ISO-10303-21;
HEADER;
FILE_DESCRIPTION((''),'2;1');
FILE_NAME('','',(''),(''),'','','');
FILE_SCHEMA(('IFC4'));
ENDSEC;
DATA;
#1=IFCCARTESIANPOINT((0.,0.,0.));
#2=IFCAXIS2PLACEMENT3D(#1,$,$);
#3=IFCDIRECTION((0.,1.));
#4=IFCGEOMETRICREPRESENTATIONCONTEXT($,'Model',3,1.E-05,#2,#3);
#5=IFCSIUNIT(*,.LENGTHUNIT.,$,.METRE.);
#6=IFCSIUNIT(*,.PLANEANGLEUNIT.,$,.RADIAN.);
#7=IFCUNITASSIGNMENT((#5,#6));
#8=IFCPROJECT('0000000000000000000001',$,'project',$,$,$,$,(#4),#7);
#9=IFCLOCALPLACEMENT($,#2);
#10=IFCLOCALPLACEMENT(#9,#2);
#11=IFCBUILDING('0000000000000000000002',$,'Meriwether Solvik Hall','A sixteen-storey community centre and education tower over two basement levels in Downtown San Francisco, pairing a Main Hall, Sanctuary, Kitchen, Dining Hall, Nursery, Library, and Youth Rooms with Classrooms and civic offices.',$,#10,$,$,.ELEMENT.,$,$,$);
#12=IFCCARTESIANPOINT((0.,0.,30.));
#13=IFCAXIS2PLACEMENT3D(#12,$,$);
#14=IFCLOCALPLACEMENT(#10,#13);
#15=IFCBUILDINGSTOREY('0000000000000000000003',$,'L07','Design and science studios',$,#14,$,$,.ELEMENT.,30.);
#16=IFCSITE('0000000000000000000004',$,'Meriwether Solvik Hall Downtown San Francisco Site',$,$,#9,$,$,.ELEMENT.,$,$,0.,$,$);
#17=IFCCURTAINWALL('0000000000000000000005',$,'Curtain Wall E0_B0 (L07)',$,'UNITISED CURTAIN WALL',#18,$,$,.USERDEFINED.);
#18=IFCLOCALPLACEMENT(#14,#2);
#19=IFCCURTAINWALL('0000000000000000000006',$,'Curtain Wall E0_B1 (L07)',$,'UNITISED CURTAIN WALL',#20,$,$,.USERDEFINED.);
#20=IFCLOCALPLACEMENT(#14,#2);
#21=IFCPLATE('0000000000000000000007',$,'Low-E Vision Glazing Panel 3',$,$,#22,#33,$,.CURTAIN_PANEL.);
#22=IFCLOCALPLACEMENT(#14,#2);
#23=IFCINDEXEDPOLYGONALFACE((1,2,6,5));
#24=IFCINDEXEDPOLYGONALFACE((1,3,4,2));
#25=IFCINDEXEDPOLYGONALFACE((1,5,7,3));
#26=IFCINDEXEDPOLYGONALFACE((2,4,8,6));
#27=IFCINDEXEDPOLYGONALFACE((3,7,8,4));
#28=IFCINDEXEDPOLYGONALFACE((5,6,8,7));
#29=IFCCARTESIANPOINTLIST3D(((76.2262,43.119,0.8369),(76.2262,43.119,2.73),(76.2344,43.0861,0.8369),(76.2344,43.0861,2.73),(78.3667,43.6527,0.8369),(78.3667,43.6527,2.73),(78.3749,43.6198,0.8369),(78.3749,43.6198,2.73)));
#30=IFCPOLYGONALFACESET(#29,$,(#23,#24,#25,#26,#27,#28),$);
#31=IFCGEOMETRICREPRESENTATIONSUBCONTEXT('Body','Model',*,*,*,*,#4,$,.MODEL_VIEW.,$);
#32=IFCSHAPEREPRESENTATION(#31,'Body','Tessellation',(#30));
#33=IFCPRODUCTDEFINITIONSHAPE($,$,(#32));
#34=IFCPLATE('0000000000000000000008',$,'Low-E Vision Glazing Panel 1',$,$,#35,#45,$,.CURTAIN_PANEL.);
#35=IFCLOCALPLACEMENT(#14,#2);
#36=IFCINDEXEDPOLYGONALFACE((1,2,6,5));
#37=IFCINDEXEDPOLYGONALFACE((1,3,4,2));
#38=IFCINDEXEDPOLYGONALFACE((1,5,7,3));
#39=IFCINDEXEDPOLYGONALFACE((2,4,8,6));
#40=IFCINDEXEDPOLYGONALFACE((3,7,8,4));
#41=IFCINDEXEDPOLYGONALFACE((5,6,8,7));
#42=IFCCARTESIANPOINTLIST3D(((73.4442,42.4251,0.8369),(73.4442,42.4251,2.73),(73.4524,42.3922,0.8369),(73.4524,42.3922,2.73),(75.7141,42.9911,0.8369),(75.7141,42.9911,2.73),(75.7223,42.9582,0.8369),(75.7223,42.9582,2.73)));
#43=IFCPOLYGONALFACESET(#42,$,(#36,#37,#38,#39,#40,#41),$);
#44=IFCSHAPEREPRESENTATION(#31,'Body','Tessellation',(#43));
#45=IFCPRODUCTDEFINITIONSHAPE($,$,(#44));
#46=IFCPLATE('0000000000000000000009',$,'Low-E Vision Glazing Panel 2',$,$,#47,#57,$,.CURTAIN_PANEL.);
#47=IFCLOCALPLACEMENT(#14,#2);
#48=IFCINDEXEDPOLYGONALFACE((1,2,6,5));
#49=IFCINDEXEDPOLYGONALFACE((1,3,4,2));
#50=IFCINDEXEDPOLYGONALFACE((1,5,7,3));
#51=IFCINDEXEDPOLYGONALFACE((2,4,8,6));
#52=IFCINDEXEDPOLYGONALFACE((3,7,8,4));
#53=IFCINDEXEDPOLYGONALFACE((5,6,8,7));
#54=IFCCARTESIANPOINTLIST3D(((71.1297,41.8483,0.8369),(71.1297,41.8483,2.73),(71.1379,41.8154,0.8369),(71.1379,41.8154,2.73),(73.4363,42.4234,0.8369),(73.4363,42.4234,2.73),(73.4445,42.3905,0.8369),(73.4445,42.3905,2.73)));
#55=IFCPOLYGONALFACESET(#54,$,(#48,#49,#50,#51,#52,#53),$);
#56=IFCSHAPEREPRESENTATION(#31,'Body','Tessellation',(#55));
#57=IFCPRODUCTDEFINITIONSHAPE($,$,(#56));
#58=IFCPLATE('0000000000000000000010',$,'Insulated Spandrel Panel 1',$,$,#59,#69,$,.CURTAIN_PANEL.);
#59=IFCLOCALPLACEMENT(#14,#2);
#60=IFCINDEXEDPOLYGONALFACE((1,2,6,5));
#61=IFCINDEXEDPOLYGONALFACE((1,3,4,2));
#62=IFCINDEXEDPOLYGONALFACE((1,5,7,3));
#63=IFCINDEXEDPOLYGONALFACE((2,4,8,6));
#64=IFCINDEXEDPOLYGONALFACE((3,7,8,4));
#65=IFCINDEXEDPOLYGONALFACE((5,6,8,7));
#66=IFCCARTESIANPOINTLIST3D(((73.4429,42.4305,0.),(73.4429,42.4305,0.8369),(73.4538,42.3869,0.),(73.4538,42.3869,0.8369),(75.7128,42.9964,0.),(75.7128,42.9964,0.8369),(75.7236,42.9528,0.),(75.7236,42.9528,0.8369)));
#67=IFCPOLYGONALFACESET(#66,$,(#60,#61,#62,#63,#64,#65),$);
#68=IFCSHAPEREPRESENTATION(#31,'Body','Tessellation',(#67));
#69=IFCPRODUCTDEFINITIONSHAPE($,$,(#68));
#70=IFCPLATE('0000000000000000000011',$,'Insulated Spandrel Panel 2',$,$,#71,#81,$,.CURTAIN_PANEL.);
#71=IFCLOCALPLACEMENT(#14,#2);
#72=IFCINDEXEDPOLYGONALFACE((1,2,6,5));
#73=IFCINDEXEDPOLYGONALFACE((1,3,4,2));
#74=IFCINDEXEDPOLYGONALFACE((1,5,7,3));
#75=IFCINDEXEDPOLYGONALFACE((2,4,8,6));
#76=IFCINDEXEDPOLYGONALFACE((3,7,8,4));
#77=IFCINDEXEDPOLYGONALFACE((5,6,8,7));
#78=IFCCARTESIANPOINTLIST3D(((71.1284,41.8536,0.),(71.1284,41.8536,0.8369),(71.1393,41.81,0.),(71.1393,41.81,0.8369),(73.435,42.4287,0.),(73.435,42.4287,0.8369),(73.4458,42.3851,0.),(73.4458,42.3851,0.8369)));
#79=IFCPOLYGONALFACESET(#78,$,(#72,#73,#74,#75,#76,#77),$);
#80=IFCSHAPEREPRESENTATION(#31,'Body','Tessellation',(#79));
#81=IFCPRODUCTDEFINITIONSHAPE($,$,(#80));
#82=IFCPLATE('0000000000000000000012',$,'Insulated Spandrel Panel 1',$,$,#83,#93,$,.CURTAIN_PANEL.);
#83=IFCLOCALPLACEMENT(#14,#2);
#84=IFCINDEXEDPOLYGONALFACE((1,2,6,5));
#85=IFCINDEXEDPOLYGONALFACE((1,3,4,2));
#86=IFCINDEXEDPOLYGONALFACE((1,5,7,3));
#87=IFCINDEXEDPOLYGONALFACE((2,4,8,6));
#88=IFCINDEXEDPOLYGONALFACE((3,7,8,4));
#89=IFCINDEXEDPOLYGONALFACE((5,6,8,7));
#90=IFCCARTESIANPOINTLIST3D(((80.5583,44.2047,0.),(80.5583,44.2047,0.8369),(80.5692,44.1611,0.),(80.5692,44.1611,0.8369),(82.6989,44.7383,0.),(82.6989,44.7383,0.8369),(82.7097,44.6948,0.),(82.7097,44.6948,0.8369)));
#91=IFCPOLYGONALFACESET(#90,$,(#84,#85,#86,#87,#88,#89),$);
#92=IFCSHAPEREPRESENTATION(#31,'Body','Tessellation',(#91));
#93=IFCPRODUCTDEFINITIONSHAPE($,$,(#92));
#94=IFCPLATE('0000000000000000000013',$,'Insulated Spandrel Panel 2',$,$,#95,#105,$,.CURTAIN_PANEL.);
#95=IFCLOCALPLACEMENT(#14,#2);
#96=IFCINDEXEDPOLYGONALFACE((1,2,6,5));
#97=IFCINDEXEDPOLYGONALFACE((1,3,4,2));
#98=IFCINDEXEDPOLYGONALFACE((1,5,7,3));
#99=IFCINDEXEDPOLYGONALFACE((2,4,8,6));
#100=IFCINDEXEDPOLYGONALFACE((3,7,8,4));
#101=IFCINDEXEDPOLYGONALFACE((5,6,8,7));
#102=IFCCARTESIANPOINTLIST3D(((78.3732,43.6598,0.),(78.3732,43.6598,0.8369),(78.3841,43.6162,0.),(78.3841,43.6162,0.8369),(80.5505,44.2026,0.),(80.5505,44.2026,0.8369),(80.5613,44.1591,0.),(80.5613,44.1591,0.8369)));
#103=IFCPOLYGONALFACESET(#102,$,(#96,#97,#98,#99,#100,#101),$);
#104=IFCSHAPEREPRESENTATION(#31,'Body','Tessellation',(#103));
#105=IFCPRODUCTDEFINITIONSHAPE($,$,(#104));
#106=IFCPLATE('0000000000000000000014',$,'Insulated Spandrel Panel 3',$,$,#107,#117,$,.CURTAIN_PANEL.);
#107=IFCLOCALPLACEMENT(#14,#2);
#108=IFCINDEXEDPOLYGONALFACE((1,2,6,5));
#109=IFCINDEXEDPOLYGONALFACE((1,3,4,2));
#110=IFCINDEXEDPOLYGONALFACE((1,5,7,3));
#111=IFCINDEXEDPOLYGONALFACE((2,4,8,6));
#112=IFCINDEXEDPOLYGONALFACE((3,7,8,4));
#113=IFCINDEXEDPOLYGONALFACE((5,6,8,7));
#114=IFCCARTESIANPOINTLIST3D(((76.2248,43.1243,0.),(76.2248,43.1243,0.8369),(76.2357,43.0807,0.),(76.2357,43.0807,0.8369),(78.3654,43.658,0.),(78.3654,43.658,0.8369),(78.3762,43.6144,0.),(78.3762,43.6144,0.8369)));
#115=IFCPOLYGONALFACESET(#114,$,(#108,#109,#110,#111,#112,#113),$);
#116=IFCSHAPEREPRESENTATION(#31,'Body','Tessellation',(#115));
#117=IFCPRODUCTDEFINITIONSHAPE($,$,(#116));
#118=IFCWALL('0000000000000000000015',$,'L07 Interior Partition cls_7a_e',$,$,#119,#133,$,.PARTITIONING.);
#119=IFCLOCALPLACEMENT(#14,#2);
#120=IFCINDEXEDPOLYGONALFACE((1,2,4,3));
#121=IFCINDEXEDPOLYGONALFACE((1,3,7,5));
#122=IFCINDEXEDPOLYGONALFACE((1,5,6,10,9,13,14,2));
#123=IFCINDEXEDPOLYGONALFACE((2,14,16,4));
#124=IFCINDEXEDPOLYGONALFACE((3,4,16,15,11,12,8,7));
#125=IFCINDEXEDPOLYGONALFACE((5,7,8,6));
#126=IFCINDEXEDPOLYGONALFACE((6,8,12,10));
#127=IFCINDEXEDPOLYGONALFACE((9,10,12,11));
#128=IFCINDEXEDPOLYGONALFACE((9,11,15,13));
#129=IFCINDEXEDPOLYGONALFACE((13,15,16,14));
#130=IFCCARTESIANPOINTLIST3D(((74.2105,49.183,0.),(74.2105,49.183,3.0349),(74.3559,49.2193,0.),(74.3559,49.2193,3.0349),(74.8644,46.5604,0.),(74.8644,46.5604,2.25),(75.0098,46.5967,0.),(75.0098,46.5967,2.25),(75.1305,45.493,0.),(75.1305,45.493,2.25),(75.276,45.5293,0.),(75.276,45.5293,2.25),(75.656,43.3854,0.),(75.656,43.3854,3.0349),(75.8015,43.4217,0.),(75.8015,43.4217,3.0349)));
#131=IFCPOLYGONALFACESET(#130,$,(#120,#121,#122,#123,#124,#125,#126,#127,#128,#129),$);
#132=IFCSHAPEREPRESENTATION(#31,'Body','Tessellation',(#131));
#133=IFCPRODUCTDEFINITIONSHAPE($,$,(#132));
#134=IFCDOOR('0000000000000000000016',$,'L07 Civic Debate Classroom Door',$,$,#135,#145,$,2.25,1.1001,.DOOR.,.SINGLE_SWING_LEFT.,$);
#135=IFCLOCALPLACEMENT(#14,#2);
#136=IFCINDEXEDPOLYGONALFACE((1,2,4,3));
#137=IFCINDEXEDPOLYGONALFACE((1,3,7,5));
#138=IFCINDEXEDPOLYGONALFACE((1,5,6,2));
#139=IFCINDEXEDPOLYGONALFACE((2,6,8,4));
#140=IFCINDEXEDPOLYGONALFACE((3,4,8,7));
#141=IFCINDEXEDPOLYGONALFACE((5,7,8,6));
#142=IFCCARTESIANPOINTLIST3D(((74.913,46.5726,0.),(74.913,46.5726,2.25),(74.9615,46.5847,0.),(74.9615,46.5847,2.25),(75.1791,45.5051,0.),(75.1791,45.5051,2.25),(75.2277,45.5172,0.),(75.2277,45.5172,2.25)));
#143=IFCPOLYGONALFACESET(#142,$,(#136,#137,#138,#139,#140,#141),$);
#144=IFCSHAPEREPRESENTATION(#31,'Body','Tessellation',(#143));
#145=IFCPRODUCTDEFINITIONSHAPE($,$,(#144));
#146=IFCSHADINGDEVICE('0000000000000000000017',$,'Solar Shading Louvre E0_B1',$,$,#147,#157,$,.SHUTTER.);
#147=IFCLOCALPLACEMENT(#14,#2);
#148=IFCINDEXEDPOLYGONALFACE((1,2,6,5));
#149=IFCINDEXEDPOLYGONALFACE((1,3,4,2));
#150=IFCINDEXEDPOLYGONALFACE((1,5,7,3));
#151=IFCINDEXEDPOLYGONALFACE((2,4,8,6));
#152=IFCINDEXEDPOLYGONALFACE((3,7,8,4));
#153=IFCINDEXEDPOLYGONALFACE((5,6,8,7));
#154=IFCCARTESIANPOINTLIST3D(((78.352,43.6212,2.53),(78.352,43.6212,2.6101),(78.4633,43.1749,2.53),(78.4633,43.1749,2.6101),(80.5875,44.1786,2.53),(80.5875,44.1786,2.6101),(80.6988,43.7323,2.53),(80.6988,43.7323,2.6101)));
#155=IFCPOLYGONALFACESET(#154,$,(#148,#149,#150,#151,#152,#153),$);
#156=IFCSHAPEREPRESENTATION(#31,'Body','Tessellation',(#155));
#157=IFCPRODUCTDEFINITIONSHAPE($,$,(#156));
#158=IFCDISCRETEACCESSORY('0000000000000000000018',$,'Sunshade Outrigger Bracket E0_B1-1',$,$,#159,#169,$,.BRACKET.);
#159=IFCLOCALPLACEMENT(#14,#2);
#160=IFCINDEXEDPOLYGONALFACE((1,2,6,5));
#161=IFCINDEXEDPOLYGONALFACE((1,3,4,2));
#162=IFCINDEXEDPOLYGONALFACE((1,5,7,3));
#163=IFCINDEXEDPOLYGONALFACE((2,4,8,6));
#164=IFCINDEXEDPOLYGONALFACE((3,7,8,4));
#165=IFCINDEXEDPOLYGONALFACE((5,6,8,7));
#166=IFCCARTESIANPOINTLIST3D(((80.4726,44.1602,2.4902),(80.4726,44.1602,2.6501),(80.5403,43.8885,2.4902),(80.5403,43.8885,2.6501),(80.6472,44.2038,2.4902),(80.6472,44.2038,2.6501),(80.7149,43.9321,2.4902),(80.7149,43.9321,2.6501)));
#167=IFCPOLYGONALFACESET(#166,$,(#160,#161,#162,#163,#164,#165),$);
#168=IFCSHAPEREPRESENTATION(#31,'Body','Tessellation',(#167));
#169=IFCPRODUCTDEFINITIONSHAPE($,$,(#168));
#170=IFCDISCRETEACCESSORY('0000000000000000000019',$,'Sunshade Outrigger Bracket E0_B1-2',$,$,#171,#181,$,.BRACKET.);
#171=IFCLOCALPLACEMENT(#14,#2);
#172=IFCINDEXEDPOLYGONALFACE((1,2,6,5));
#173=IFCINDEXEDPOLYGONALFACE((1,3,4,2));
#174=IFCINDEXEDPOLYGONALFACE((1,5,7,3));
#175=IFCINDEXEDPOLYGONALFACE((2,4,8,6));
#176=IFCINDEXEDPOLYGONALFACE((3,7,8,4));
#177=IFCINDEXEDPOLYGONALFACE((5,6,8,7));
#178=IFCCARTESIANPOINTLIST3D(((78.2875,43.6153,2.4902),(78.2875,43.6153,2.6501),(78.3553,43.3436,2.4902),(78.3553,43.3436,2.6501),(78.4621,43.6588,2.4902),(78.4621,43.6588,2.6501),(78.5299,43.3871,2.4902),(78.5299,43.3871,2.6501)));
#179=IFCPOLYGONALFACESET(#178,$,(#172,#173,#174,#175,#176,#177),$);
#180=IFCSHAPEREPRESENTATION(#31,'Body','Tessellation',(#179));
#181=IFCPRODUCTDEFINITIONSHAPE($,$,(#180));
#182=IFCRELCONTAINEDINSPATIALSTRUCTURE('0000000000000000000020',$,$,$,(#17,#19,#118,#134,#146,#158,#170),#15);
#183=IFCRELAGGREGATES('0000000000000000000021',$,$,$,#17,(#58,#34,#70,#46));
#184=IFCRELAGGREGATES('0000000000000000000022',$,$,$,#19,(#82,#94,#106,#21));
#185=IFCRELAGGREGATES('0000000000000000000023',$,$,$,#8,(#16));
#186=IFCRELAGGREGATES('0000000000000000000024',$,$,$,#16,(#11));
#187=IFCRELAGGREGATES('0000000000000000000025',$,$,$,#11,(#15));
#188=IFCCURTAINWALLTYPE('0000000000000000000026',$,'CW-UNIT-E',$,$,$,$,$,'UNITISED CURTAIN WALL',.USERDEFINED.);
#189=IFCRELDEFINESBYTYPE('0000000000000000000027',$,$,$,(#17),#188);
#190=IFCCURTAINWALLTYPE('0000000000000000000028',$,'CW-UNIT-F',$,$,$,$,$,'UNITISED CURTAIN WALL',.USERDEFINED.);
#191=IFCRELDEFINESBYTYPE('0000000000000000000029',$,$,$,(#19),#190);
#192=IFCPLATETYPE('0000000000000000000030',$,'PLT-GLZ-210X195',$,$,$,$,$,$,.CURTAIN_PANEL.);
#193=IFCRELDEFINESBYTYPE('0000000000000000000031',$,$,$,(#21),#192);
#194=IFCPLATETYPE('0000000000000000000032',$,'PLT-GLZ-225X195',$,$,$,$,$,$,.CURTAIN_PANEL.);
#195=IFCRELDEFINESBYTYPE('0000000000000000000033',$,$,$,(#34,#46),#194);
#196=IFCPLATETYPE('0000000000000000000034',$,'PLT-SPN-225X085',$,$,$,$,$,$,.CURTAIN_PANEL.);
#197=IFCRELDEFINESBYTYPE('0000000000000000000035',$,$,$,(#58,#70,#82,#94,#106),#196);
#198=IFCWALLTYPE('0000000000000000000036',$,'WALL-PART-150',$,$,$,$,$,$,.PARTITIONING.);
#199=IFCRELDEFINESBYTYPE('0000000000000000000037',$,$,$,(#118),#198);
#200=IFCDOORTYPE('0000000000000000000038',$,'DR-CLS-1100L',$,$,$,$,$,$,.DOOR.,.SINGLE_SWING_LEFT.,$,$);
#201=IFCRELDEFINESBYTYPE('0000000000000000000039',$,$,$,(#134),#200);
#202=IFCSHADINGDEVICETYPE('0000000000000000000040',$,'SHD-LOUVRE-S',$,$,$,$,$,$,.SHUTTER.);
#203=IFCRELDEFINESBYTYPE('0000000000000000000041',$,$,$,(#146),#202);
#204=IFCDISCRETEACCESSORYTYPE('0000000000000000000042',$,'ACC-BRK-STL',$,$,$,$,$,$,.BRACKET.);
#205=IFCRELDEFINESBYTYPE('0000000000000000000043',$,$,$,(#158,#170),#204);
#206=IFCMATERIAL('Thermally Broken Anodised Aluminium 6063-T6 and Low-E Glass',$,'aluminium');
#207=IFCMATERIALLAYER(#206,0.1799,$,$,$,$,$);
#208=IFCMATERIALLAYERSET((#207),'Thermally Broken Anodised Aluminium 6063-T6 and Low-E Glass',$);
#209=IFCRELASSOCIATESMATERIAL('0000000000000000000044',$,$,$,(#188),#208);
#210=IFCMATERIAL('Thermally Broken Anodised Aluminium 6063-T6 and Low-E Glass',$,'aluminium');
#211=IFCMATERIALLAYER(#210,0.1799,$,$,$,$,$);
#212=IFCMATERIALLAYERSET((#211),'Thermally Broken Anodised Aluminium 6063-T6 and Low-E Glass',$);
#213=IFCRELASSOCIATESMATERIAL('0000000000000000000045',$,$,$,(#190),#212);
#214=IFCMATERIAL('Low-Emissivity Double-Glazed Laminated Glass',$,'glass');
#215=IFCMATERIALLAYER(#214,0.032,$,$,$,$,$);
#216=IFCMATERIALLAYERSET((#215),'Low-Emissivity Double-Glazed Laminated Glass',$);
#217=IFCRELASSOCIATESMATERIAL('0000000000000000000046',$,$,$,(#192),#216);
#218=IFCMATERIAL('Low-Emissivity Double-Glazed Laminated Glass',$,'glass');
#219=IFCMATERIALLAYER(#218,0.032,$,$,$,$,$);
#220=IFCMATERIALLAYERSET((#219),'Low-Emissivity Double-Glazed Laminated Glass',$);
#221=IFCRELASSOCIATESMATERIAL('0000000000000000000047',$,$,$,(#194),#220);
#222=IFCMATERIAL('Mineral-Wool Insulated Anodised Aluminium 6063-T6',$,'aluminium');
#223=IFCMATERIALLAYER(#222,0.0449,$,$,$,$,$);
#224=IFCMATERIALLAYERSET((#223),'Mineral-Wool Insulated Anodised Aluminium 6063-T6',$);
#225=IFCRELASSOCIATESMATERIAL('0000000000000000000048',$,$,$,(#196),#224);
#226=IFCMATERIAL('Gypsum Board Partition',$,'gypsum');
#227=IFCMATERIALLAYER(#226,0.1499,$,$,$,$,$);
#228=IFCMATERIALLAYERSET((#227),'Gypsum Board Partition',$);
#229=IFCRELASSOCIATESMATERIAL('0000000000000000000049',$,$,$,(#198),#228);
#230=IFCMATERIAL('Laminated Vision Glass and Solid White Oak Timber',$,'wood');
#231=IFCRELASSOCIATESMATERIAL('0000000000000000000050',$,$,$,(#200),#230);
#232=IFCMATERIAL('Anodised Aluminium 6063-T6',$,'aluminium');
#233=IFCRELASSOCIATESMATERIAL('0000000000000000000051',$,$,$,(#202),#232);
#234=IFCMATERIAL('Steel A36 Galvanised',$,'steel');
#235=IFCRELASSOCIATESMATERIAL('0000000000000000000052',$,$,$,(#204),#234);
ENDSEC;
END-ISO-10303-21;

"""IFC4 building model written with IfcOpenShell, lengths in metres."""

from ifc_helpers import new_model, si_unit, direction, frame, frame_2d, origin, origin_2d, place, context, subcontext, project, spatial, rectangle, extrude, material, layer, layer_set, type_object, element, fill, aggregate, save


model = new_model("IFC4")

# Units and contexts
model_context = context("Model", 3, precision=1e-05, world=origin(), true_north=direction((0.0, 1.0)))
body_context = subcontext(model_context, "Body", "Model", "MODEL_VIEW")
ifc_project = project(units=[si_unit("LENGTHUNIT", "METRE"), si_unit("PLANEANGLEUNIT", "RADIAN")], contexts=[model_context])

# Site, building, storey
site_placement = place(None, origin())
site = spatial("IfcSite", under=ifc_project, at=site_placement, Name="Meriwether Solvik Hall Downtown San Francisco Site", CompositionType="ELEMENT", RefElevation=0.0)
building_placement = place(site_placement, origin())
building = spatial("IfcBuilding", under=site, at=building_placement, Name="Meriwether Solvik Hall", Description="A sixteen-storey community centre and education tower over two basement levels in Downtown San Francisco, pairing a Main Hall, Sanctuary, Kitchen, Dining Hall, Nursery, Library, and Youth Rooms with Classrooms and civic offices.", CompositionType="ELEMENT")
storey_placement = place(building_placement, frame((0.0, 0.0, 30.0)))
storey = spatial("IfcBuildingStorey", under=building, at=storey_placement, Name="L07", Description="Design and science studios", CompositionType="ELEMENT", Elevation=30.0)

# Curtain walls
ifc_material_1 = material(Name="Thermally Broken Anodised Aluminium 6063-T6 and Low-E Glass", Category="aluminium")
ifc_layer_1 = layer(ifc_material_1, 0.1799)
ifc_layer_set_1 = layer_set([ifc_layer_1], Name="Thermally Broken Anodised Aluminium 6063-T6 and Low-E Glass")
curtain_wall_type_1 = type_object("IfcCurtainWallType", Name="CW-UNIT-E", ElementType="UNITISED CURTAIN WALL", PredefinedType="USERDEFINED", material=ifc_layer_set_1)
curtain_wall_1_placement = place(storey_placement, origin())
curtain_wall_1 = element("IfcCurtainWall", 1, at=curtain_wall_1_placement, inside=storey, type_object=curtain_wall_type_1, Name="Curtain Wall E0_B0 (L07)", ObjectType="UNITISED CURTAIN WALL", PredefinedType="USERDEFINED")
ifc_material_2 = material(Name="Thermally Broken Anodised Aluminium 6063-T6 and Low-E Glass", Category="aluminium")
ifc_layer_2 = layer(ifc_material_2, 0.1799)
ifc_layer_set_2 = layer_set([ifc_layer_2], Name="Thermally Broken Anodised Aluminium 6063-T6 and Low-E Glass")
curtain_wall_type_2 = type_object("IfcCurtainWallType", Name="CW-UNIT-F", ElementType="UNITISED CURTAIN WALL", PredefinedType="USERDEFINED", material=ifc_layer_set_2)
curtain_wall_2_placement = place(storey_placement, origin())
curtain_wall_2 = element("IfcCurtainWall", 2, at=curtain_wall_2_placement, inside=storey, type_object=curtain_wall_type_2, Name="Curtain Wall E0_B1 (L07)", ObjectType="UNITISED CURTAIN WALL", PredefinedType="USERDEFINED")

# Plates
ifc_material_3 = material(Name="Low-Emissivity Double-Glazed Laminated Glass", Category="glass")
ifc_layer_3 = layer(ifc_material_3, 0.032)
ifc_layer_set_3 = layer_set([ifc_layer_3], Name="Low-Emissivity Double-Glazed Laminated Glass")
plate_type_1 = type_object("IfcPlateType", Name="PLT-GLZ-210X195", PredefinedType="CURTAIN_PANEL", material=ifc_layer_set_3)
plate_1_placement = place(storey_placement, frame((77.3005, 43.3694, 0.8369), z_axis=(0.0, 0.0, 1.0), x_axis=(-0.970296, -0.241922, 0.0)))
plate_1 = element("IfcPlate", 3, at=plate_1_placement, type_object=plate_type_1, Name="Low-E Vision Glazing Panel 3", PredefinedType="CURTAIN_PANEL", context=body_context, shape_type="SweptSolid", body=[
    extrude(rectangle(XDim=2.2061, YDim=0.0339, at=origin_2d()), origin(), (0.0, 0.0, 1.0), 1.8931),
])
ifc_material_4 = material(Name="Low-Emissivity Double-Glazed Laminated Glass", Category="glass")
ifc_layer_4 = layer(ifc_material_4, 0.032)
ifc_layer_set_4 = layer_set([ifc_layer_4], Name="Low-Emissivity Double-Glazed Laminated Glass")
plate_type_2 = type_object("IfcPlateType", Name="PLT-GLZ-225X195", PredefinedType="CURTAIN_PANEL", material=ifc_layer_set_4)
plate_2_placement = place(storey_placement, frame((74.5833, 42.6917, 0.8369), z_axis=(0.0, 0.0, 1.0), x_axis=(-0.970296, -0.241922, 0.0)))
plate_2 = element("IfcPlate", 4, at=plate_2_placement, type_object=plate_type_2, Name="Low-E Vision Glazing Panel 1", PredefinedType="CURTAIN_PANEL", context=body_context, shape_type="SweptSolid", body=[
    extrude(rectangle(XDim=2.3394, YDim=0.0339, at=origin_2d()), origin(), (0.0, 0.0, 1.0), 1.8931),
])
plate_3_placement = place(storey_placement, frame((72.2871, 42.1194, 0.8369), z_axis=(0.0, 0.0, 1.0), x_axis=(-0.970296, -0.241922, 0.0)))
plate_3 = element("IfcPlate", 5, at=plate_3_placement, type_object=plate_type_2, Name="Low-E Vision Glazing Panel 2", PredefinedType="CURTAIN_PANEL", context=body_context, shape_type="SweptSolid", body=[
    extrude(rectangle(XDim=2.3772, YDim=0.0339, at=origin_2d()), origin(), (0.0, 0.0, 1.0), 1.8931),
])
ifc_material_5 = material(Name="Mineral-Wool Insulated Anodised Aluminium 6063-T6", Category="aluminium")
ifc_layer_5 = layer(ifc_material_5, 0.0449)
ifc_layer_set_5 = layer_set([ifc_layer_5], Name="Mineral-Wool Insulated Anodised Aluminium 6063-T6")
plate_type_3 = type_object("IfcPlateType", Name="PLT-SPN-225X085", PredefinedType="CURTAIN_PANEL", material=ifc_layer_set_5)
plate_4_placement = place(storey_placement, frame((74.5833, 42.6917, 0.0), z_axis=(0.0, 0.0, 1.0), x_axis=(-0.970296, -0.241922, 0.0)))
plate_4 = element("IfcPlate", 6, at=plate_4_placement, type_object=plate_type_3, Name="Insulated Spandrel Panel 1", PredefinedType="CURTAIN_PANEL", context=body_context, shape_type="SweptSolid", body=[
    extrude(rectangle(XDim=2.3394, YDim=0.0449, at=origin_2d()), origin(), (0.0, 0.0, 1.0), 0.8369),
])
plate_5_placement = place(storey_placement, frame((72.2871, 42.1194, 0.0), z_axis=(0.0, 0.0, 1.0), x_axis=(-0.970296, -0.241922, 0.0)))
plate_5 = element("IfcPlate", 7, at=plate_5_placement, type_object=plate_type_3, Name="Insulated Spandrel Panel 2", PredefinedType="CURTAIN_PANEL", context=body_context, shape_type="SweptSolid", body=[
    extrude(rectangle(XDim=2.3772, YDim=0.0449, at=origin_2d()), origin(), (0.0, 0.0, 1.0), 0.8369),
])
aggregate(curtain_wall_1, [plate_4, plate_2, plate_5, plate_3])
plate_6_placement = place(storey_placement, frame((81.634, 44.4497, 0.0), z_axis=(0.0, 0.0, 1.0), x_axis=(-0.970296, -0.241922, 0.0)))
plate_6 = element("IfcPlate", 8, at=plate_6_placement, type_object=plate_type_3, Name="Insulated Spandrel Panel 1", PredefinedType="CURTAIN_PANEL", context=body_context, shape_type="SweptSolid", body=[
    extrude(rectangle(XDim=2.2061, YDim=0.0449, at=origin_2d()), origin(), (0.0, 0.0, 1.0), 0.8369),
])
plate_7_placement = place(storey_placement, frame((79.4673, 43.9094, 0.0), z_axis=(0.0, 0.0, 1.0), x_axis=(-0.970296, -0.241922, 0.0)))
plate_7 = element("IfcPlate", 9, at=plate_7_placement, type_object=plate_type_3, Name="Insulated Spandrel Panel 2", PredefinedType="CURTAIN_PANEL", context=body_context, shape_type="SweptSolid", body=[
    extrude(rectangle(XDim=2.2439, YDim=0.0449, at=origin_2d()), origin(), (0.0, 0.0, 1.0), 0.8369),
])
plate_8_placement = place(storey_placement, frame((77.3005, 43.3694, 0.0), z_axis=(0.0, 0.0, 1.0), x_axis=(-0.970296, -0.241922, 0.0)))
plate_8 = element("IfcPlate", 10, at=plate_8_placement, type_object=plate_type_3, Name="Insulated Spandrel Panel 3", PredefinedType="CURTAIN_PANEL", context=body_context, shape_type="SweptSolid", body=[
    extrude(rectangle(XDim=2.2061, YDim=0.0449, at=origin_2d()), origin(), (0.0, 0.0, 1.0), 0.8369),
])
aggregate(curtain_wall_2, [plate_6, plate_7, plate_8, plate_1])

# Wall, opening, door
ifc_material_6 = material(Name="Gypsum Board Partition", Category="gypsum")
ifc_layer_6 = layer(ifc_material_6, 0.1499)
ifc_layer_set_6 = layer_set([ifc_layer_6], Name="Gypsum Board Partition")
wall_type = type_object("IfcWallType", Name="WALL-PART-150", PredefinedType="PARTITIONING", material=ifc_layer_set_6)
wall_placement = place(storey_placement, frame((75.7288, 43.4036, 0.0), z_axis=(0.0, 0.0, 1.0), x_axis=(-0.24193, 0.970294, 0.0)))
wall = element("IfcWall", 11, at=wall_placement, inside=storey, type_object=wall_type, Name="L07 Interior Partition cls_7a_e", PredefinedType="PARTITIONING", context=body_context, shape_type="SweptSolid", body=[
    extrude(rectangle(XDim=5.9751, YDim=0.1499, at=frame_2d((2.9875, 0.0))), origin(), (0.0, 0.0, 1.0), 3.0349),
])
opening_placement = place(wall_placement, frame((2.1721, 0.0, 0.0)))
opening = element("IfcOpeningElement", 12, at=opening_placement, cuts=wall, PredefinedType="OPENING", context=body_context, shape_type="SweptSolid", body=[
    extrude(rectangle(XDim=1.1001, YDim=2.25, at=frame_2d((0.55, 1.125))), frame((0.0, 0.0869, 0.0), z_axis=(0.0, -1.0, 0.0), x_axis=(1.0, 0.0, 0.0)), (0.0, 0.0, 1.0), 0.1738),
])
ifc_material_7 = material(Name="Laminated Vision Glass and Solid White Oak Timber", Category="wood")
door_type = type_object("IfcDoorType", Name="DR-CLS-1100L", OperationType="SINGLE_SWING_LEFT", PredefinedType="DOOR", material=ifc_material_7)
door_placement = place(opening_placement, origin())
door = element("IfcDoor", 13, at=door_placement, inside=storey, type_object=door_type, Name="L07 Civic Debate Classroom Door", OperationType="SINGLE_SWING_LEFT", OverallHeight=2.25, OverallWidth=1.1001, PredefinedType="DOOR", context=body_context, shape_type="SweptSolid", body=[
    extrude(rectangle(XDim=1.1001, YDim=2.25, at=frame_2d((0.55, 1.125))), frame((0.0, 0.0249, 0.0), z_axis=(0.0, -1.0, 0.0), x_axis=(1.0, 0.0, 0.0)), (0.0, 0.0, 1.0), 0.05),
])
fill(opening, door)

# Shading device
ifc_material_8 = material(Name="Anodised Aluminium 6063-T6", Category="aluminium")
shading_device_type = type_object("IfcShadingDeviceType", Name="SHD-LOUVRE-S", PredefinedType="SHUTTER", material=ifc_material_8)
shading_device_placement = place(storey_placement, frame((79.5254, 43.6768, 2.53), z_axis=(0.0, 0.0, 1.0), x_axis=(-0.970296, -0.241922, 0.0)))
element("IfcShadingDevice", 14, at=shading_device_placement, inside=storey, type_object=shading_device_type, Name="Solar Shading Louvre E0_B1", PredefinedType="SHUTTER", context=body_context, shape_type="SweptSolid", body=[
    extrude(rectangle(XDim=2.304, YDim=0.46, at=origin_2d()), origin(), (0.0, 0.0, 1.0), 0.0801),
])

# Discrete accessories
ifc_material_9 = material(Name="Steel A36 Galvanised", Category="steel")
discrete_accessory_type = type_object("IfcDiscreteAccessoryType", Name="ACC-BRK-STL", PredefinedType="BRACKET", material=ifc_material_9)
for number, where, z_axis, x_axis, name in (
    (15, (80.5938, 44.0461, 2.4902), (0.0, 0.0, 1.0), (-0.970296, -0.241922, 0.0), "Sunshade Outrigger Bracket E0_B1-1"),
    (16, (78.4087, 43.5012, 2.4902), (0.0, 0.0, 1.0), (-0.970296, -0.241922, 0.0), "Sunshade Outrigger Bracket E0_B1-2"),
):
    element("IfcDiscreteAccessory", number, at=place(storey_placement, frame(where, z_axis=z_axis, x_axis=x_axis)), inside=storey, type_object=discrete_accessory_type, Name=name, PredefinedType="BRACKET", context=body_context, shape_type="SweptSolid", body=[
        extrude(rectangle(XDim=0.1799, YDim=0.28, at=origin_2d()), origin(), (0.0, 0.0, 1.0), 0.1599),
    ])

save(model, "model.ifc")
